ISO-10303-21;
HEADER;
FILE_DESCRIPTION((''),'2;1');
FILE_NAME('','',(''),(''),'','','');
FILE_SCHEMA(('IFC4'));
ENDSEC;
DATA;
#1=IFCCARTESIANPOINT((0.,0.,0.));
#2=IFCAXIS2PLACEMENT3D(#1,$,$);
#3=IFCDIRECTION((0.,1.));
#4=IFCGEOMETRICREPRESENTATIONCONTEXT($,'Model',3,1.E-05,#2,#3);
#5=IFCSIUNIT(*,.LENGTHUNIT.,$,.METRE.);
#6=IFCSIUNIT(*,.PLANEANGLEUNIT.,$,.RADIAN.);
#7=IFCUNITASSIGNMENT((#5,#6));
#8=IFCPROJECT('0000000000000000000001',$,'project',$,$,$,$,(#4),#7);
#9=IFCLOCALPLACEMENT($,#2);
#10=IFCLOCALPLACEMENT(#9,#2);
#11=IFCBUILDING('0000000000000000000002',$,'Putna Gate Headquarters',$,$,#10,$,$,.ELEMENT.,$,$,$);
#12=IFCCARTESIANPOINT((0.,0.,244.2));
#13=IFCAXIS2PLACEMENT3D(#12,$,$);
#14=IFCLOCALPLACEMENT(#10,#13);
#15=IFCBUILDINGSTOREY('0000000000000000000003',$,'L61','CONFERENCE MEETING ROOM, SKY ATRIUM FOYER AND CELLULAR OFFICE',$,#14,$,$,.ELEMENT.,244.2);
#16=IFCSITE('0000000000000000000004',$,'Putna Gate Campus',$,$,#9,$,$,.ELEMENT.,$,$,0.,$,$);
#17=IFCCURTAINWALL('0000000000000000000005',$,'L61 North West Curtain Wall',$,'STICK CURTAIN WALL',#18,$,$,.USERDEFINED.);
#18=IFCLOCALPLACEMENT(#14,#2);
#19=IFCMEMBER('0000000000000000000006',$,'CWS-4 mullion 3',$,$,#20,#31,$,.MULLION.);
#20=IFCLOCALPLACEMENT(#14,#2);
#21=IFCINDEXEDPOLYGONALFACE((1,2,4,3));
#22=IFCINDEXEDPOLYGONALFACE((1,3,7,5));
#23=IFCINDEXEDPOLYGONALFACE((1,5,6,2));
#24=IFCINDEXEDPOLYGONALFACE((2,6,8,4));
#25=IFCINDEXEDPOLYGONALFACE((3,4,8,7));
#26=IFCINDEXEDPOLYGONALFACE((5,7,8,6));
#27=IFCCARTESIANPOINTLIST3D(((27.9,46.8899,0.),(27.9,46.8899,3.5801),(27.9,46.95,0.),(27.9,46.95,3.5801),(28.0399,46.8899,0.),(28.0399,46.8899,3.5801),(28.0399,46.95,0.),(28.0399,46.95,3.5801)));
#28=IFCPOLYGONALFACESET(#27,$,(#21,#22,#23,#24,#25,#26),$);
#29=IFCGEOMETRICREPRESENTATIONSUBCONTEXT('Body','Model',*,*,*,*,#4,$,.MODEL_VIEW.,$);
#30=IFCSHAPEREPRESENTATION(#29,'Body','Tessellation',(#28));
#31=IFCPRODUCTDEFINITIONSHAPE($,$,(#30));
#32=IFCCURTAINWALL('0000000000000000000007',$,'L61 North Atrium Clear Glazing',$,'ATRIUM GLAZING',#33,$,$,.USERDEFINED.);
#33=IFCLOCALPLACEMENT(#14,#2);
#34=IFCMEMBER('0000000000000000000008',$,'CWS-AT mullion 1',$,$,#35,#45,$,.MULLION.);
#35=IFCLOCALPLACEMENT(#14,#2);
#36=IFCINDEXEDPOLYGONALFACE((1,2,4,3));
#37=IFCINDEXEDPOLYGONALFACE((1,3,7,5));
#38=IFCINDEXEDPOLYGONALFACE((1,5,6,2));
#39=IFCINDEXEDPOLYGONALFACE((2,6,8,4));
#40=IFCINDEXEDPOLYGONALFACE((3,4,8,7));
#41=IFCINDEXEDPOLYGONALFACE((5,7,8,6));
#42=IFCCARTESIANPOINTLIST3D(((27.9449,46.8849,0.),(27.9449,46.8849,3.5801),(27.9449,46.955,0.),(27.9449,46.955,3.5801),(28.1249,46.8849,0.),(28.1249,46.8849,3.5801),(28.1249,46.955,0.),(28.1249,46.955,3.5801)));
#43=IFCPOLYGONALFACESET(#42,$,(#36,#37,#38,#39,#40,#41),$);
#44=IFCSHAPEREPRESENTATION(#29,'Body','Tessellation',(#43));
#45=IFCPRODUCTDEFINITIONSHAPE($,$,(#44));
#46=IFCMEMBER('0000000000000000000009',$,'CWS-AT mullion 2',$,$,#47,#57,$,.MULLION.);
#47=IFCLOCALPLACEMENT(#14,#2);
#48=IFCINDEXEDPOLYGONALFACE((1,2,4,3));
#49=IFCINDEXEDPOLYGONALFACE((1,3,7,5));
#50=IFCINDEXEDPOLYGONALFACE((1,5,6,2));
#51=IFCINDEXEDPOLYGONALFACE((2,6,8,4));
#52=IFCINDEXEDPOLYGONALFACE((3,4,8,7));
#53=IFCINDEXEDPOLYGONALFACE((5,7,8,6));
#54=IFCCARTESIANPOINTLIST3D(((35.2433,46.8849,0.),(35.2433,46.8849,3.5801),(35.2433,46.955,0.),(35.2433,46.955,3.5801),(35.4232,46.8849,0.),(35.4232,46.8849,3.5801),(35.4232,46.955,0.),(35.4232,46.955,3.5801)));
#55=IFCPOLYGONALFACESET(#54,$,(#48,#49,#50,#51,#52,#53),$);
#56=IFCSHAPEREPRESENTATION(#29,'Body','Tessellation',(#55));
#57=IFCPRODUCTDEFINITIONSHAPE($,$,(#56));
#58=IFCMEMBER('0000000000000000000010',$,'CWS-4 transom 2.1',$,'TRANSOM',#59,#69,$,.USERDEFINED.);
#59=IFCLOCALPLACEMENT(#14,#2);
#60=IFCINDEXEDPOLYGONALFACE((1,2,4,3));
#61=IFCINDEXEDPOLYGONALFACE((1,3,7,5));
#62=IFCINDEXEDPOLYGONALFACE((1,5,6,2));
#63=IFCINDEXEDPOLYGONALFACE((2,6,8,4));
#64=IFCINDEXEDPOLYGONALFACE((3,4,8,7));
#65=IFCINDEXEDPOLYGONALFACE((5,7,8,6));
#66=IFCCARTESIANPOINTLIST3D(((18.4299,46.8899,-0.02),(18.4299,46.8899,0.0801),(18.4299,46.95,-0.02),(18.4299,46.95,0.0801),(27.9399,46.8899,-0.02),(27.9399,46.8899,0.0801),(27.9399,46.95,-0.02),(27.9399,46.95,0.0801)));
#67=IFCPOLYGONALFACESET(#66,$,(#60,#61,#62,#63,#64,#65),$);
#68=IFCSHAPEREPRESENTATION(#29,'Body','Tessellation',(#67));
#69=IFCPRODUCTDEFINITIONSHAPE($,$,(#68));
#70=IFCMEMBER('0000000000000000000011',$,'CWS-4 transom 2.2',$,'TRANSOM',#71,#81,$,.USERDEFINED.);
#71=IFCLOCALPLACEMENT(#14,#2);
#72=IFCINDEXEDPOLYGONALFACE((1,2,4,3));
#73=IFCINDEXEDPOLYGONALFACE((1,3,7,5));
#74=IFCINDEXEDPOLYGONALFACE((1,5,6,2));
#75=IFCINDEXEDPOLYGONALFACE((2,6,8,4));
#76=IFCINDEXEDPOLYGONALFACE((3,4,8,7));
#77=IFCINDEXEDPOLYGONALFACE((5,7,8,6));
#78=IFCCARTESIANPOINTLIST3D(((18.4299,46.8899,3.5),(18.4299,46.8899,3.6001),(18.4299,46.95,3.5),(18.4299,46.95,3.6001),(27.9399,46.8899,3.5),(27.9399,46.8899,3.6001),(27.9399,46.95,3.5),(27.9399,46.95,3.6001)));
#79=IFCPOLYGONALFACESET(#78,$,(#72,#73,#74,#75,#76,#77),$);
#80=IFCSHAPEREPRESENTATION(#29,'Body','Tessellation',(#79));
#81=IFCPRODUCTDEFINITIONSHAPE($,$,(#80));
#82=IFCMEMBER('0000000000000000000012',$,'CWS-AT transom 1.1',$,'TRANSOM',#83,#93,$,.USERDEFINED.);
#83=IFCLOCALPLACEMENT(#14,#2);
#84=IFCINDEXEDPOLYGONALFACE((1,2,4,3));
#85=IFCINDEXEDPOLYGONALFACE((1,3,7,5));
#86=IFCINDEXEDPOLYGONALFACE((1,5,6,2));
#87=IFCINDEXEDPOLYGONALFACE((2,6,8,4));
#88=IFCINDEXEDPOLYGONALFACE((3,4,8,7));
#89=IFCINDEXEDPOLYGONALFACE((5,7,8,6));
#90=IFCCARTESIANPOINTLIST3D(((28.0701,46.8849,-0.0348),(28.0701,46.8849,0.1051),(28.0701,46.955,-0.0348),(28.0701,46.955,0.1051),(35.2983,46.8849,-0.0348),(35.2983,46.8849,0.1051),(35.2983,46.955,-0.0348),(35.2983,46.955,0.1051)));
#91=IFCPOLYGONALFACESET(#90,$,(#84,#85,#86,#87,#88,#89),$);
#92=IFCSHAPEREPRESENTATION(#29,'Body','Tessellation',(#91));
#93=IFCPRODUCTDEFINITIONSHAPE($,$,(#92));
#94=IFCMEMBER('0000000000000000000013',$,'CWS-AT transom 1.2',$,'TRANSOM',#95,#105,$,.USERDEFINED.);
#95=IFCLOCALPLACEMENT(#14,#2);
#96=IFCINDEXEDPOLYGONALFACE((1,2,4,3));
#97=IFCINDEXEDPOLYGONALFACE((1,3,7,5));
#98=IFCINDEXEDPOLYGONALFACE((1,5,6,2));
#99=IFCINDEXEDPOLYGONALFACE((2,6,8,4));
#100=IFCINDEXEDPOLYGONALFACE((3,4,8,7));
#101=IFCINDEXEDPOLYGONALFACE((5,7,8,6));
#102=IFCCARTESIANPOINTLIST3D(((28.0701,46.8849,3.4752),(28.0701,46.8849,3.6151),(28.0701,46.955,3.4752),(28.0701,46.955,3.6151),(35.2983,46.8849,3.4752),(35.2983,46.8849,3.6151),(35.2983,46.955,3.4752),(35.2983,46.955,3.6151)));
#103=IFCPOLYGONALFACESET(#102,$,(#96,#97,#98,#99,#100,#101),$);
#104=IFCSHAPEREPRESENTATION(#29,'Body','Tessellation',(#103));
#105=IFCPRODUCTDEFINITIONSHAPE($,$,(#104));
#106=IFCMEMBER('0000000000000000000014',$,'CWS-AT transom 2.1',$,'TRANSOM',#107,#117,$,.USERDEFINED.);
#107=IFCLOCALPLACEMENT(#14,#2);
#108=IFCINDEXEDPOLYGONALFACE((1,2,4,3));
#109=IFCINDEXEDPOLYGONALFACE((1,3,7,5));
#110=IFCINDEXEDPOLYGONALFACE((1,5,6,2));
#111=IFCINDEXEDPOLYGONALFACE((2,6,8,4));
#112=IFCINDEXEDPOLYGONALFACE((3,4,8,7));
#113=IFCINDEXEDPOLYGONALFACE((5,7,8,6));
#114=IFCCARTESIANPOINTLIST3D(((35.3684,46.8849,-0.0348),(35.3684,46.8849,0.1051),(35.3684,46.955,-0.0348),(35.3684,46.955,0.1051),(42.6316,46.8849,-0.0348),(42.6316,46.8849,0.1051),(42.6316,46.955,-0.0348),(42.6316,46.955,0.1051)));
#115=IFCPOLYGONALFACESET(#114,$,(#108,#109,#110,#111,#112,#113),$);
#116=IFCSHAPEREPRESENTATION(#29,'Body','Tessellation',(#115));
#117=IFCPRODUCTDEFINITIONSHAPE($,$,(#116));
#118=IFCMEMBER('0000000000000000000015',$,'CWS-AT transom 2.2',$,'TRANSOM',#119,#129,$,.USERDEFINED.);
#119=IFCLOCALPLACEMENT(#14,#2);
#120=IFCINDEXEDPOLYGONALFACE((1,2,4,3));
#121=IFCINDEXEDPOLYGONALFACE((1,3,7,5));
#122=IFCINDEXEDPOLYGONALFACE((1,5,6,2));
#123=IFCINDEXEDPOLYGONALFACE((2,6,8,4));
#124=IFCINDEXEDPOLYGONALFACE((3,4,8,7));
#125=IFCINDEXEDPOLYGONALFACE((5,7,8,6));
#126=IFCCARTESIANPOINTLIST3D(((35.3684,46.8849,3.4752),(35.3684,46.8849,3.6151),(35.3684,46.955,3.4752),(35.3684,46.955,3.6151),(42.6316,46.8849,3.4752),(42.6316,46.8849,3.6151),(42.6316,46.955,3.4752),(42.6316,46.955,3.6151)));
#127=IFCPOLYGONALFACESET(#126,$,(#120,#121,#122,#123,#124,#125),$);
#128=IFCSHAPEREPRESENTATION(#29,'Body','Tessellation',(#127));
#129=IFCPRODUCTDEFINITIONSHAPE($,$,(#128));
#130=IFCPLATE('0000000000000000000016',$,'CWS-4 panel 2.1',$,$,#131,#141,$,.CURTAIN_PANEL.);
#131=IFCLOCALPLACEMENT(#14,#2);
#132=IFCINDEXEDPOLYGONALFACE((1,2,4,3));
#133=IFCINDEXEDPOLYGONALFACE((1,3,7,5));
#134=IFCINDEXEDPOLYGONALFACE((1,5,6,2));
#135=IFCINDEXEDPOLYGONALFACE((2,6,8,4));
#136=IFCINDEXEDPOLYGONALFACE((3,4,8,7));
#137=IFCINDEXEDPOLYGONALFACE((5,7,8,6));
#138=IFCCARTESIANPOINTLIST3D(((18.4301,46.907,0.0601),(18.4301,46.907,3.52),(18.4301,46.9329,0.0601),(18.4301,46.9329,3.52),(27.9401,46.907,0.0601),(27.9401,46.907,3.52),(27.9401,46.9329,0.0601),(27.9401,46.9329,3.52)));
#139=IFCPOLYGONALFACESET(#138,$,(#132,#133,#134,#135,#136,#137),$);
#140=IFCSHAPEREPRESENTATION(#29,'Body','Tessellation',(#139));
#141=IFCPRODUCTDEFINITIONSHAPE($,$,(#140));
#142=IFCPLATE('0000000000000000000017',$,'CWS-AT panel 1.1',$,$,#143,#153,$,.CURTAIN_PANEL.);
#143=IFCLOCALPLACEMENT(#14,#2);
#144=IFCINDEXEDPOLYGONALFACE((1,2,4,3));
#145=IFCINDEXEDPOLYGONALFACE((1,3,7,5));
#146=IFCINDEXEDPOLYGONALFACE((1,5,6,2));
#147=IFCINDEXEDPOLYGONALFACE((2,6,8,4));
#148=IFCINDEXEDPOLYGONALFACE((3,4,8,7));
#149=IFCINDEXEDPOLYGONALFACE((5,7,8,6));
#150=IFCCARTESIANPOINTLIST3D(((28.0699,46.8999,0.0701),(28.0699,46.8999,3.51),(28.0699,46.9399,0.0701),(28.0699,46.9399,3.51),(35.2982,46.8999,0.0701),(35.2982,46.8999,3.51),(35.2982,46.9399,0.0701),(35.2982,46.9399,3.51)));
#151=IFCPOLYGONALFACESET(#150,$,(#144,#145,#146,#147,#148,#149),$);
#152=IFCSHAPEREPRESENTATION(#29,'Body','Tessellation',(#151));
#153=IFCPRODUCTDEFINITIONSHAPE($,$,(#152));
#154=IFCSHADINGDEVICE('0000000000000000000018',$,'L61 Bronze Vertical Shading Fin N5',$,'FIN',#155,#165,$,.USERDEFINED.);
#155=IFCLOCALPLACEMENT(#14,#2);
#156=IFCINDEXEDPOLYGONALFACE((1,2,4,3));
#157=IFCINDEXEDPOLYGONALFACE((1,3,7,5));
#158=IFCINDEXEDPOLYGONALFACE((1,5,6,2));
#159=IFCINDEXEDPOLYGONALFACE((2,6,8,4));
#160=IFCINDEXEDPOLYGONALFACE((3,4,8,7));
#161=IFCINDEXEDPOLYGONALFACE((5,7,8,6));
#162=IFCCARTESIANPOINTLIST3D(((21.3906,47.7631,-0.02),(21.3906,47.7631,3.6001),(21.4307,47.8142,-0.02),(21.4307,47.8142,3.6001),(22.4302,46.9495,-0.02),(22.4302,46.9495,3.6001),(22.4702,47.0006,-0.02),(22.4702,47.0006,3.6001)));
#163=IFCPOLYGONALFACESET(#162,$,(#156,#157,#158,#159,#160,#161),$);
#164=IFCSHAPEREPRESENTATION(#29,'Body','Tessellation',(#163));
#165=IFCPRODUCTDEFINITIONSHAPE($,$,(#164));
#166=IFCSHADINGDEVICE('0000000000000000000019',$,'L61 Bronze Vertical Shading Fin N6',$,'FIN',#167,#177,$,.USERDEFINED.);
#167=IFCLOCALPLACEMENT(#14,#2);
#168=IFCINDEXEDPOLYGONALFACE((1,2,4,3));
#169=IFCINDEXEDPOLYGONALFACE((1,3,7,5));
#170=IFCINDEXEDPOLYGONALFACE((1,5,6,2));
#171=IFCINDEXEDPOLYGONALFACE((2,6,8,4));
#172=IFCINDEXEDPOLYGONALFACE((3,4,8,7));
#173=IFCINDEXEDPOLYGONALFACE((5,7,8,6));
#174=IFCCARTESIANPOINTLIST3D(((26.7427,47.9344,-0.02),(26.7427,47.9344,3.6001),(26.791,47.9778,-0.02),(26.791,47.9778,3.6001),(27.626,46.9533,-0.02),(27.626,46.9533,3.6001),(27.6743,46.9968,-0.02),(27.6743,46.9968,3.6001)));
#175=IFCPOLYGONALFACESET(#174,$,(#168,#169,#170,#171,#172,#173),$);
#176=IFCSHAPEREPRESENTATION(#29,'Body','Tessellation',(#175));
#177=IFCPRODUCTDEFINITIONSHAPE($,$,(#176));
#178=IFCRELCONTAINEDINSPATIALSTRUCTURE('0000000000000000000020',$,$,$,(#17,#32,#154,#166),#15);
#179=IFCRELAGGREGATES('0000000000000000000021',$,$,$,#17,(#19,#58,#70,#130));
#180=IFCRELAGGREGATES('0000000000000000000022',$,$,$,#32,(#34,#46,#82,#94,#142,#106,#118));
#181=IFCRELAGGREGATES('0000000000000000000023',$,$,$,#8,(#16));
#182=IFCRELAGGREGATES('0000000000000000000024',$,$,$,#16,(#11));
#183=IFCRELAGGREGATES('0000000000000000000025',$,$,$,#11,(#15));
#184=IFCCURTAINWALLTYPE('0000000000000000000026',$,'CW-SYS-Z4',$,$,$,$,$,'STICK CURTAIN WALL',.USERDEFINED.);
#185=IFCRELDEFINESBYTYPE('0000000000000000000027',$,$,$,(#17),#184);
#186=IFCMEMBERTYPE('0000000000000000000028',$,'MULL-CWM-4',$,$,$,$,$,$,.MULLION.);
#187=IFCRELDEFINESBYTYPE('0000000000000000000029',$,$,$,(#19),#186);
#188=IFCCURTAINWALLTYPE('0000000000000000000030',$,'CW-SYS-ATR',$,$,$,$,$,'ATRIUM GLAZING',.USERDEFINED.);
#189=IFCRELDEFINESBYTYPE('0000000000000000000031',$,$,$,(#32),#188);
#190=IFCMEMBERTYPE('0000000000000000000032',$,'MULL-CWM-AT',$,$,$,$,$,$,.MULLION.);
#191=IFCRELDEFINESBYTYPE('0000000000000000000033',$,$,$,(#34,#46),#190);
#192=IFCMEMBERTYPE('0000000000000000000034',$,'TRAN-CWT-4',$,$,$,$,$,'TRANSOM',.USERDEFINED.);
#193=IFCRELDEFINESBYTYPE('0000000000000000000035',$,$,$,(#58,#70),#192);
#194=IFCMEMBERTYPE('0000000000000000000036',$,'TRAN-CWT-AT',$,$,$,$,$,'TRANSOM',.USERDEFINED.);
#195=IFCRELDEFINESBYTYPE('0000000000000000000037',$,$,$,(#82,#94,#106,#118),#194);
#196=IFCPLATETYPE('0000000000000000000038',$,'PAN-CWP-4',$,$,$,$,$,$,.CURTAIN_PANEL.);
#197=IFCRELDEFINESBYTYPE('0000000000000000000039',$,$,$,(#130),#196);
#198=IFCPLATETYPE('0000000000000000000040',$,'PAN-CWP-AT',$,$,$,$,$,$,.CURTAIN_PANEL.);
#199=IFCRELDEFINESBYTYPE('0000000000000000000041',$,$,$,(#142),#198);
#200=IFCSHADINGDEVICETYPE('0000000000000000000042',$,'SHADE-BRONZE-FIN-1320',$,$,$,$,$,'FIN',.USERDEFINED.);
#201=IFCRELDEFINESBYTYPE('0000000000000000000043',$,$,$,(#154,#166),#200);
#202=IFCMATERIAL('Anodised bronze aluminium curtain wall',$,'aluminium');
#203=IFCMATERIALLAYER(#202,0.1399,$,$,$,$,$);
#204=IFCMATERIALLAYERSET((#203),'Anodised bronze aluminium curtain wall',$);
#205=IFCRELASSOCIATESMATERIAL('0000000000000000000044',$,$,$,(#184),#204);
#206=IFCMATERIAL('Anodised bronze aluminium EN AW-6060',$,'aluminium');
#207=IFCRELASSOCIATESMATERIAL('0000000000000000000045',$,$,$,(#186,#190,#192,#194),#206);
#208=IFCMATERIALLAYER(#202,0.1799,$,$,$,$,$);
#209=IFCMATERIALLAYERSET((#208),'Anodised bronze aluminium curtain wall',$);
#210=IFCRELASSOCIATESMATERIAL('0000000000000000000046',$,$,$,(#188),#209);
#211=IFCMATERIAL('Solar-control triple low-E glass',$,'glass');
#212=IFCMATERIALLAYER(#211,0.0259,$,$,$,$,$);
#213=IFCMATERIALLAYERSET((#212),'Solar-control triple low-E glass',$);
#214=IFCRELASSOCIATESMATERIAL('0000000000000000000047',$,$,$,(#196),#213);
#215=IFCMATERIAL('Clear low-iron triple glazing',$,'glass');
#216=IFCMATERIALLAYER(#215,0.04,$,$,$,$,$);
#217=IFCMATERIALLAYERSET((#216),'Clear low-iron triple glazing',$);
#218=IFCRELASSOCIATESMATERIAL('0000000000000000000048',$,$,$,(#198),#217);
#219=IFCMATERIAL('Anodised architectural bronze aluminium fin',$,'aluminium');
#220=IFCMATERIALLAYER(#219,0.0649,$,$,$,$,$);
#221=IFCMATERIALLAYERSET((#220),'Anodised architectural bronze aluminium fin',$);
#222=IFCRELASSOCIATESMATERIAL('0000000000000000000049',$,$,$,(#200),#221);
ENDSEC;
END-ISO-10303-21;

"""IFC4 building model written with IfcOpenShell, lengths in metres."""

from ifc_helpers import new_model, si_unit, direction, frame, origin, origin_2d, place, context, subcontext, project, spatial, rectangle, extrude, material, layer, layer_set, material_profile, profile_set, type_object, element, aggregate, save


model = new_model("IFC4")

# Units and contexts
model_context = context("Model", 3, precision=1e-05, world=origin(), true_north=direction((0.0, 1.0)))
body_context = subcontext(model_context, "Body", "Model", "MODEL_VIEW")
ifc_project = project(units=[si_unit("LENGTHUNIT", "METRE"), si_unit("PLANEANGLEUNIT", "RADIAN")], contexts=[model_context])

# Site, building, storey
site_placement = place(None, origin())
site = spatial("IfcSite", under=ifc_project, at=site_placement, Name="Putna Gate Campus", CompositionType="ELEMENT", RefElevation=0.0)
building_placement = place(site_placement, origin())
building = spatial("IfcBuilding", under=site, at=building_placement, Name="Putna Gate Headquarters", CompositionType="ELEMENT")
storey_placement = place(building_placement, frame((0.0, 0.0, 244.2)))
storey = spatial("IfcBuildingStorey", under=building, at=storey_placement, Name="L61", Description="CONFERENCE MEETING ROOM, SKY ATRIUM FOYER AND CELLULAR OFFICE", CompositionType="ELEMENT", Elevation=244.2)

# Curtain wall, member
ifc_material_1 = material(Name="Anodised bronze aluminium curtain wall", Category="aluminium")
ifc_layer_1 = layer(ifc_material_1, 0.1399)
ifc_layer_set_1 = layer_set([ifc_layer_1], Name="Anodised bronze aluminium curtain wall")
curtain_wall_type_1 = type_object("IfcCurtainWallType", Name="CW-SYS-Z4", ElementType="STICK CURTAIN WALL", PredefinedType="USERDEFINED", material=ifc_layer_set_1)
curtain_wall_1_placement = place(storey_placement, origin())
curtain_wall_1 = element("IfcCurtainWall", 1, at=curtain_wall_1_placement, inside=storey, type_object=curtain_wall_type_1, Name="L61 North West Curtain Wall", ObjectType="STICK CURTAIN WALL", PredefinedType="USERDEFINED")
ifc_material_2 = material(Name="Anodised bronze aluminium EN AW-6060", Category="aluminium")
ifc_material_profile_1 = material_profile(ifc_material_2, rectangle(XDim=0.0601, YDim=0.1399, at=origin_2d()), Name="Anodised bronze aluminium EN AW-6060")
ifc_profile_set_1 = profile_set([ifc_material_profile_1], Name="Anodised bronze aluminium EN AW-6060")
member_type_1 = type_object("IfcMemberType", Name="MULL-CWM-4", PredefinedType="MULLION", material=ifc_profile_set_1)
member_1_placement = place(storey_placement, frame((27.97, 46.9199, 0.0), z_axis=(0.0, 0.0, 1.0), x_axis=(0.0, 1.0, 0.0)))
member_1 = element("IfcMember", 2, at=member_1_placement, type_object=member_type_1, Name="CWS-4 mullion 3", PredefinedType="MULLION", context=body_context, shape_type="SweptSolid", body=[
    extrude(rectangle(XDim=0.0601, YDim=0.1399, at=origin_2d()), origin(), (0.0, 0.0, 1.0), 3.5801),
])

# Curtain wall, members
ifc_layer_2 = layer(ifc_material_1, 0.1799)
ifc_layer_set_2 = layer_set([ifc_layer_2], Name="Anodised bronze aluminium curtain wall")
curtain_wall_type_2 = type_object("IfcCurtainWallType", Name="CW-SYS-ATR", ElementType="ATRIUM GLAZING", PredefinedType="USERDEFINED", material=ifc_layer_set_2)
curtain_wall_2_placement = place(storey_placement, origin())
curtain_wall_2 = element("IfcCurtainWall", 3, at=curtain_wall_2_placement, inside=storey, type_object=curtain_wall_type_2, Name="L61 North Atrium Clear Glazing", ObjectType="ATRIUM GLAZING", PredefinedType="USERDEFINED")
ifc_material_profile_2 = material_profile(ifc_material_2, rectangle(XDim=0.0701, YDim=0.1799, at=origin_2d()), Name="Anodised bronze aluminium EN AW-6060")
ifc_profile_set_2 = profile_set([ifc_material_profile_2], Name="Anodised bronze aluminium EN AW-6060")
member_type_2 = type_object("IfcMemberType", Name="MULL-CWM-AT", PredefinedType="MULLION", material=ifc_profile_set_2)
member_2_placement = place(storey_placement, frame((28.0349, 46.9199, 0.0), z_axis=(0.0, 0.0, 1.0), x_axis=(0.0, 1.0, 0.0)))
member_2 = element("IfcMember", 4, at=member_2_placement, type_object=member_type_2, Name="CWS-AT mullion 1", PredefinedType="MULLION", context=body_context, shape_type="SweptSolid", body=[
    extrude(rectangle(XDim=0.0701, YDim=0.1799, at=origin_2d()), origin(), (0.0, 0.0, 1.0), 3.5801),
])
member_3_placement = place(storey_placement, frame((35.3333, 46.9199, 0.0), z_axis=(0.0, 0.0, 1.0), x_axis=(0.0, 1.0, 0.0)))
member_3 = element("IfcMember", 5, at=member_3_placement, type_object=member_type_2, Name="CWS-AT mullion 2", PredefinedType="MULLION", context=body_context, shape_type="SweptSolid", body=[
    extrude(rectangle(XDim=0.0701, YDim=0.1799, at=origin_2d()), origin(), (0.0, 0.0, 1.0), 3.5801),
])

# Members
ifc_material_profile_3 = material_profile(ifc_material_2, rectangle(XDim=0.0601, YDim=0.1001, at=origin_2d()), Name="Anodised bronze aluminium EN AW-6060")
ifc_profile_set_3 = profile_set([ifc_material_profile_3], Name="Anodised bronze aluminium EN AW-6060")
member_type_3 = type_object("IfcMemberType", Name="TRAN-CWT-4", ElementType="TRANSOM", PredefinedType="USERDEFINED", material=ifc_profile_set_3)
member_4_placement = place(storey_placement, frame((18.4299, 46.9199, 0.03), z_axis=(1.0, 0.0, 0.0), x_axis=(0.0, 1.0, 0.0)))
member_4 = element("IfcMember", 6, at=member_4_placement, type_object=member_type_3, Name="CWS-4 transom 2.1", ObjectType="TRANSOM", PredefinedType="USERDEFINED", context=body_context, shape_type="SweptSolid", body=[
    extrude(rectangle(XDim=0.0601, YDim=0.1001, at=origin_2d()), origin(), (0.0, 0.0, 1.0), 9.51),
])
member_5_placement = place(storey_placement, frame((18.4299, 46.9199, 3.55), z_axis=(1.0, 0.0, 0.0), x_axis=(0.0, 1.0, 0.0)))
member_5 = element("IfcMember", 7, at=member_5_placement, type_object=member_type_3, Name="CWS-4 transom 2.2", ObjectType="TRANSOM", PredefinedType="USERDEFINED", context=body_context, shape_type="SweptSolid", body=[
    extrude(rectangle(XDim=0.0601, YDim=0.1001, at=origin_2d()), origin(), (0.0, 0.0, 1.0), 9.51),
])
ifc_material_profile_4 = material_profile(ifc_material_2, rectangle(XDim=0.0701, YDim=0.1399, at=origin_2d()), Name="Anodised bronze aluminium EN AW-6060")
ifc_profile_set_4 = profile_set([ifc_material_profile_4], Name="Anodised bronze aluminium EN AW-6060")
member_type_4 = type_object("IfcMemberType", Name="TRAN-CWT-AT", ElementType="TRANSOM", PredefinedType="USERDEFINED", material=ifc_profile_set_4)
member_6_placement = place(storey_placement, frame((28.0701, 46.9199, 0.0352), z_axis=(1.0, 0.0, 0.0), x_axis=(0.0, 1.0, 0.0)))
member_6 = element("IfcMember", 8, at=member_6_placement, type_object=member_type_4, Name="CWS-AT transom 1.1", ObjectType="TRANSOM", PredefinedType="USERDEFINED", context=body_context, shape_type="SweptSolid", body=[
    extrude(rectangle(XDim=0.0701, YDim=0.1399, at=origin_2d()), origin(), (0.0, 0.0, 1.0), 7.2283),
])
member_7_placement = place(storey_placement, frame((28.0701, 46.9199, 3.5452), z_axis=(1.0, 0.0, 0.0), x_axis=(0.0, 1.0, 0.0)))
member_7 = element("IfcMember", 9, at=member_7_placement, type_object=member_type_4, Name="CWS-AT transom 1.2", ObjectType="TRANSOM", PredefinedType="USERDEFINED", context=body_context, shape_type="SweptSolid", body=[
    extrude(rectangle(XDim=0.0701, YDim=0.1399, at=origin_2d()), origin(), (0.0, 0.0, 1.0), 7.2283),
])
member_8_placement = place(storey_placement, frame((35.3684, 46.9199, 0.0352), z_axis=(1.0, 0.0, 0.0), x_axis=(0.0, 1.0, 0.0)))
member_8 = element("IfcMember", 10, at=member_8_placement, type_object=member_type_4, Name="CWS-AT transom 2.1", ObjectType="TRANSOM", PredefinedType="USERDEFINED", context=body_context, shape_type="SweptSolid", body=[
    extrude(rectangle(XDim=0.0701, YDim=0.1399, at=origin_2d()), origin(), (0.0, 0.0, 1.0), 7.2632),
])
member_9_placement = place(storey_placement, frame((35.3684, 46.9199, 3.5452), z_axis=(1.0, 0.0, 0.0), x_axis=(0.0, 1.0, 0.0)))
member_9 = element("IfcMember", 11, at=member_9_placement, type_object=member_type_4, Name="CWS-AT transom 2.2", ObjectType="TRANSOM", PredefinedType="USERDEFINED", context=body_context, shape_type="SweptSolid", body=[
    extrude(rectangle(XDim=0.0701, YDim=0.1399, at=origin_2d()), origin(), (0.0, 0.0, 1.0), 7.2632),
])

# Plates
ifc_material_3 = material(Name="Solar-control triple low-E glass", Category="glass")
ifc_layer_3 = layer(ifc_material_3, 0.0259)
ifc_layer_set_3 = layer_set([ifc_layer_3], Name="Solar-control triple low-E glass")
plate_type_1 = type_object("IfcPlateType", Name="PAN-CWP-4", PredefinedType="CURTAIN_PANEL", material=ifc_layer_set_3)
plate_1_placement = place(storey_placement, frame((23.1851, 46.9199, 0.0601), z_axis=(0.0, 0.0, 1.0), x_axis=(1.0, 0.0, 0.0)))
plate_1 = element("IfcPlate", 12, at=plate_1_placement, type_object=plate_type_1, Name="CWS-4 panel 2.1", PredefinedType="CURTAIN_PANEL", context=body_context, shape_type="SweptSolid", body=[
    extrude(rectangle(XDim=9.51, YDim=0.0259, at=origin_2d()), origin(), (0.0, 0.0, 1.0), 3.46),
])
aggregate(curtain_wall_1, [member_1, member_4, member_5, plate_1])
ifc_material_4 = material(Name="Clear low-iron triple glazing", Category="glass")
ifc_layer_4 = layer(ifc_material_4, 0.04)
ifc_layer_set_4 = layer_set([ifc_layer_4], Name="Clear low-iron triple glazing")
plate_type_2 = type_object("IfcPlateType", Name="PAN-CWP-AT", PredefinedType="CURTAIN_PANEL", material=ifc_layer_set_4)
plate_2_placement = place(storey_placement, frame((31.6841, 46.9199, 0.0701), z_axis=(0.0, 0.0, 1.0), x_axis=(1.0, 0.0, 0.0)))
plate_2 = element("IfcPlate", 13, at=plate_2_placement, type_object=plate_type_2, Name="CWS-AT panel 1.1", PredefinedType="CURTAIN_PANEL", context=body_context, shape_type="SweptSolid", body=[
    extrude(rectangle(XDim=7.2283, YDim=0.04, at=origin_2d()), origin(), (0.0, 0.0, 1.0), 3.4399),
])
aggregate(curtain_wall_2, [member_2, member_3, member_6, member_7, plate_2, member_8, member_9])

# Shading devices
ifc_material_5 = material(Name="Anodised architectural bronze aluminium fin", Category="aluminium")
ifc_layer_5 = layer(ifc_material_5, 0.0649)
ifc_layer_set_5 = layer_set([ifc_layer_5], Name="Anodised architectural bronze aluminium fin")
shading_device_type = type_object("IfcShadingDeviceType", Name="SHADE-BRONZE-FIN-1320", ElementType="FIN", PredefinedType="USERDEFINED", material=ifc_layer_set_5)
for number, where, z_axis, x_axis, name in (
    (14, (21.9304, 47.3818, -0.02), (0.0, 0.0, 1.0), (-0.787473, 0.616349, 0.0), "L61 Bronze Vertical Shading Fin N5"),
    (15, (27.2085, 47.4656, -0.02), (0.0, 0.0, 1.0), (-0.669131, 0.743145, 0.0), "L61 Bronze Vertical Shading Fin N6"),
):
    element("IfcShadingDevice", number, at=place(storey_placement, frame(where, z_axis=z_axis, x_axis=x_axis)), inside=storey, type_object=shading_device_type, Name=name, ObjectType="FIN", PredefinedType="USERDEFINED", context=body_context, shape_type="SweptSolid", body=[
        extrude(rectangle(XDim=1.3201, YDim=0.0649, at=origin_2d()), origin(), (0.0, 0.0, 1.0), 3.6201),
    ])

save(model, "model.ifc")
